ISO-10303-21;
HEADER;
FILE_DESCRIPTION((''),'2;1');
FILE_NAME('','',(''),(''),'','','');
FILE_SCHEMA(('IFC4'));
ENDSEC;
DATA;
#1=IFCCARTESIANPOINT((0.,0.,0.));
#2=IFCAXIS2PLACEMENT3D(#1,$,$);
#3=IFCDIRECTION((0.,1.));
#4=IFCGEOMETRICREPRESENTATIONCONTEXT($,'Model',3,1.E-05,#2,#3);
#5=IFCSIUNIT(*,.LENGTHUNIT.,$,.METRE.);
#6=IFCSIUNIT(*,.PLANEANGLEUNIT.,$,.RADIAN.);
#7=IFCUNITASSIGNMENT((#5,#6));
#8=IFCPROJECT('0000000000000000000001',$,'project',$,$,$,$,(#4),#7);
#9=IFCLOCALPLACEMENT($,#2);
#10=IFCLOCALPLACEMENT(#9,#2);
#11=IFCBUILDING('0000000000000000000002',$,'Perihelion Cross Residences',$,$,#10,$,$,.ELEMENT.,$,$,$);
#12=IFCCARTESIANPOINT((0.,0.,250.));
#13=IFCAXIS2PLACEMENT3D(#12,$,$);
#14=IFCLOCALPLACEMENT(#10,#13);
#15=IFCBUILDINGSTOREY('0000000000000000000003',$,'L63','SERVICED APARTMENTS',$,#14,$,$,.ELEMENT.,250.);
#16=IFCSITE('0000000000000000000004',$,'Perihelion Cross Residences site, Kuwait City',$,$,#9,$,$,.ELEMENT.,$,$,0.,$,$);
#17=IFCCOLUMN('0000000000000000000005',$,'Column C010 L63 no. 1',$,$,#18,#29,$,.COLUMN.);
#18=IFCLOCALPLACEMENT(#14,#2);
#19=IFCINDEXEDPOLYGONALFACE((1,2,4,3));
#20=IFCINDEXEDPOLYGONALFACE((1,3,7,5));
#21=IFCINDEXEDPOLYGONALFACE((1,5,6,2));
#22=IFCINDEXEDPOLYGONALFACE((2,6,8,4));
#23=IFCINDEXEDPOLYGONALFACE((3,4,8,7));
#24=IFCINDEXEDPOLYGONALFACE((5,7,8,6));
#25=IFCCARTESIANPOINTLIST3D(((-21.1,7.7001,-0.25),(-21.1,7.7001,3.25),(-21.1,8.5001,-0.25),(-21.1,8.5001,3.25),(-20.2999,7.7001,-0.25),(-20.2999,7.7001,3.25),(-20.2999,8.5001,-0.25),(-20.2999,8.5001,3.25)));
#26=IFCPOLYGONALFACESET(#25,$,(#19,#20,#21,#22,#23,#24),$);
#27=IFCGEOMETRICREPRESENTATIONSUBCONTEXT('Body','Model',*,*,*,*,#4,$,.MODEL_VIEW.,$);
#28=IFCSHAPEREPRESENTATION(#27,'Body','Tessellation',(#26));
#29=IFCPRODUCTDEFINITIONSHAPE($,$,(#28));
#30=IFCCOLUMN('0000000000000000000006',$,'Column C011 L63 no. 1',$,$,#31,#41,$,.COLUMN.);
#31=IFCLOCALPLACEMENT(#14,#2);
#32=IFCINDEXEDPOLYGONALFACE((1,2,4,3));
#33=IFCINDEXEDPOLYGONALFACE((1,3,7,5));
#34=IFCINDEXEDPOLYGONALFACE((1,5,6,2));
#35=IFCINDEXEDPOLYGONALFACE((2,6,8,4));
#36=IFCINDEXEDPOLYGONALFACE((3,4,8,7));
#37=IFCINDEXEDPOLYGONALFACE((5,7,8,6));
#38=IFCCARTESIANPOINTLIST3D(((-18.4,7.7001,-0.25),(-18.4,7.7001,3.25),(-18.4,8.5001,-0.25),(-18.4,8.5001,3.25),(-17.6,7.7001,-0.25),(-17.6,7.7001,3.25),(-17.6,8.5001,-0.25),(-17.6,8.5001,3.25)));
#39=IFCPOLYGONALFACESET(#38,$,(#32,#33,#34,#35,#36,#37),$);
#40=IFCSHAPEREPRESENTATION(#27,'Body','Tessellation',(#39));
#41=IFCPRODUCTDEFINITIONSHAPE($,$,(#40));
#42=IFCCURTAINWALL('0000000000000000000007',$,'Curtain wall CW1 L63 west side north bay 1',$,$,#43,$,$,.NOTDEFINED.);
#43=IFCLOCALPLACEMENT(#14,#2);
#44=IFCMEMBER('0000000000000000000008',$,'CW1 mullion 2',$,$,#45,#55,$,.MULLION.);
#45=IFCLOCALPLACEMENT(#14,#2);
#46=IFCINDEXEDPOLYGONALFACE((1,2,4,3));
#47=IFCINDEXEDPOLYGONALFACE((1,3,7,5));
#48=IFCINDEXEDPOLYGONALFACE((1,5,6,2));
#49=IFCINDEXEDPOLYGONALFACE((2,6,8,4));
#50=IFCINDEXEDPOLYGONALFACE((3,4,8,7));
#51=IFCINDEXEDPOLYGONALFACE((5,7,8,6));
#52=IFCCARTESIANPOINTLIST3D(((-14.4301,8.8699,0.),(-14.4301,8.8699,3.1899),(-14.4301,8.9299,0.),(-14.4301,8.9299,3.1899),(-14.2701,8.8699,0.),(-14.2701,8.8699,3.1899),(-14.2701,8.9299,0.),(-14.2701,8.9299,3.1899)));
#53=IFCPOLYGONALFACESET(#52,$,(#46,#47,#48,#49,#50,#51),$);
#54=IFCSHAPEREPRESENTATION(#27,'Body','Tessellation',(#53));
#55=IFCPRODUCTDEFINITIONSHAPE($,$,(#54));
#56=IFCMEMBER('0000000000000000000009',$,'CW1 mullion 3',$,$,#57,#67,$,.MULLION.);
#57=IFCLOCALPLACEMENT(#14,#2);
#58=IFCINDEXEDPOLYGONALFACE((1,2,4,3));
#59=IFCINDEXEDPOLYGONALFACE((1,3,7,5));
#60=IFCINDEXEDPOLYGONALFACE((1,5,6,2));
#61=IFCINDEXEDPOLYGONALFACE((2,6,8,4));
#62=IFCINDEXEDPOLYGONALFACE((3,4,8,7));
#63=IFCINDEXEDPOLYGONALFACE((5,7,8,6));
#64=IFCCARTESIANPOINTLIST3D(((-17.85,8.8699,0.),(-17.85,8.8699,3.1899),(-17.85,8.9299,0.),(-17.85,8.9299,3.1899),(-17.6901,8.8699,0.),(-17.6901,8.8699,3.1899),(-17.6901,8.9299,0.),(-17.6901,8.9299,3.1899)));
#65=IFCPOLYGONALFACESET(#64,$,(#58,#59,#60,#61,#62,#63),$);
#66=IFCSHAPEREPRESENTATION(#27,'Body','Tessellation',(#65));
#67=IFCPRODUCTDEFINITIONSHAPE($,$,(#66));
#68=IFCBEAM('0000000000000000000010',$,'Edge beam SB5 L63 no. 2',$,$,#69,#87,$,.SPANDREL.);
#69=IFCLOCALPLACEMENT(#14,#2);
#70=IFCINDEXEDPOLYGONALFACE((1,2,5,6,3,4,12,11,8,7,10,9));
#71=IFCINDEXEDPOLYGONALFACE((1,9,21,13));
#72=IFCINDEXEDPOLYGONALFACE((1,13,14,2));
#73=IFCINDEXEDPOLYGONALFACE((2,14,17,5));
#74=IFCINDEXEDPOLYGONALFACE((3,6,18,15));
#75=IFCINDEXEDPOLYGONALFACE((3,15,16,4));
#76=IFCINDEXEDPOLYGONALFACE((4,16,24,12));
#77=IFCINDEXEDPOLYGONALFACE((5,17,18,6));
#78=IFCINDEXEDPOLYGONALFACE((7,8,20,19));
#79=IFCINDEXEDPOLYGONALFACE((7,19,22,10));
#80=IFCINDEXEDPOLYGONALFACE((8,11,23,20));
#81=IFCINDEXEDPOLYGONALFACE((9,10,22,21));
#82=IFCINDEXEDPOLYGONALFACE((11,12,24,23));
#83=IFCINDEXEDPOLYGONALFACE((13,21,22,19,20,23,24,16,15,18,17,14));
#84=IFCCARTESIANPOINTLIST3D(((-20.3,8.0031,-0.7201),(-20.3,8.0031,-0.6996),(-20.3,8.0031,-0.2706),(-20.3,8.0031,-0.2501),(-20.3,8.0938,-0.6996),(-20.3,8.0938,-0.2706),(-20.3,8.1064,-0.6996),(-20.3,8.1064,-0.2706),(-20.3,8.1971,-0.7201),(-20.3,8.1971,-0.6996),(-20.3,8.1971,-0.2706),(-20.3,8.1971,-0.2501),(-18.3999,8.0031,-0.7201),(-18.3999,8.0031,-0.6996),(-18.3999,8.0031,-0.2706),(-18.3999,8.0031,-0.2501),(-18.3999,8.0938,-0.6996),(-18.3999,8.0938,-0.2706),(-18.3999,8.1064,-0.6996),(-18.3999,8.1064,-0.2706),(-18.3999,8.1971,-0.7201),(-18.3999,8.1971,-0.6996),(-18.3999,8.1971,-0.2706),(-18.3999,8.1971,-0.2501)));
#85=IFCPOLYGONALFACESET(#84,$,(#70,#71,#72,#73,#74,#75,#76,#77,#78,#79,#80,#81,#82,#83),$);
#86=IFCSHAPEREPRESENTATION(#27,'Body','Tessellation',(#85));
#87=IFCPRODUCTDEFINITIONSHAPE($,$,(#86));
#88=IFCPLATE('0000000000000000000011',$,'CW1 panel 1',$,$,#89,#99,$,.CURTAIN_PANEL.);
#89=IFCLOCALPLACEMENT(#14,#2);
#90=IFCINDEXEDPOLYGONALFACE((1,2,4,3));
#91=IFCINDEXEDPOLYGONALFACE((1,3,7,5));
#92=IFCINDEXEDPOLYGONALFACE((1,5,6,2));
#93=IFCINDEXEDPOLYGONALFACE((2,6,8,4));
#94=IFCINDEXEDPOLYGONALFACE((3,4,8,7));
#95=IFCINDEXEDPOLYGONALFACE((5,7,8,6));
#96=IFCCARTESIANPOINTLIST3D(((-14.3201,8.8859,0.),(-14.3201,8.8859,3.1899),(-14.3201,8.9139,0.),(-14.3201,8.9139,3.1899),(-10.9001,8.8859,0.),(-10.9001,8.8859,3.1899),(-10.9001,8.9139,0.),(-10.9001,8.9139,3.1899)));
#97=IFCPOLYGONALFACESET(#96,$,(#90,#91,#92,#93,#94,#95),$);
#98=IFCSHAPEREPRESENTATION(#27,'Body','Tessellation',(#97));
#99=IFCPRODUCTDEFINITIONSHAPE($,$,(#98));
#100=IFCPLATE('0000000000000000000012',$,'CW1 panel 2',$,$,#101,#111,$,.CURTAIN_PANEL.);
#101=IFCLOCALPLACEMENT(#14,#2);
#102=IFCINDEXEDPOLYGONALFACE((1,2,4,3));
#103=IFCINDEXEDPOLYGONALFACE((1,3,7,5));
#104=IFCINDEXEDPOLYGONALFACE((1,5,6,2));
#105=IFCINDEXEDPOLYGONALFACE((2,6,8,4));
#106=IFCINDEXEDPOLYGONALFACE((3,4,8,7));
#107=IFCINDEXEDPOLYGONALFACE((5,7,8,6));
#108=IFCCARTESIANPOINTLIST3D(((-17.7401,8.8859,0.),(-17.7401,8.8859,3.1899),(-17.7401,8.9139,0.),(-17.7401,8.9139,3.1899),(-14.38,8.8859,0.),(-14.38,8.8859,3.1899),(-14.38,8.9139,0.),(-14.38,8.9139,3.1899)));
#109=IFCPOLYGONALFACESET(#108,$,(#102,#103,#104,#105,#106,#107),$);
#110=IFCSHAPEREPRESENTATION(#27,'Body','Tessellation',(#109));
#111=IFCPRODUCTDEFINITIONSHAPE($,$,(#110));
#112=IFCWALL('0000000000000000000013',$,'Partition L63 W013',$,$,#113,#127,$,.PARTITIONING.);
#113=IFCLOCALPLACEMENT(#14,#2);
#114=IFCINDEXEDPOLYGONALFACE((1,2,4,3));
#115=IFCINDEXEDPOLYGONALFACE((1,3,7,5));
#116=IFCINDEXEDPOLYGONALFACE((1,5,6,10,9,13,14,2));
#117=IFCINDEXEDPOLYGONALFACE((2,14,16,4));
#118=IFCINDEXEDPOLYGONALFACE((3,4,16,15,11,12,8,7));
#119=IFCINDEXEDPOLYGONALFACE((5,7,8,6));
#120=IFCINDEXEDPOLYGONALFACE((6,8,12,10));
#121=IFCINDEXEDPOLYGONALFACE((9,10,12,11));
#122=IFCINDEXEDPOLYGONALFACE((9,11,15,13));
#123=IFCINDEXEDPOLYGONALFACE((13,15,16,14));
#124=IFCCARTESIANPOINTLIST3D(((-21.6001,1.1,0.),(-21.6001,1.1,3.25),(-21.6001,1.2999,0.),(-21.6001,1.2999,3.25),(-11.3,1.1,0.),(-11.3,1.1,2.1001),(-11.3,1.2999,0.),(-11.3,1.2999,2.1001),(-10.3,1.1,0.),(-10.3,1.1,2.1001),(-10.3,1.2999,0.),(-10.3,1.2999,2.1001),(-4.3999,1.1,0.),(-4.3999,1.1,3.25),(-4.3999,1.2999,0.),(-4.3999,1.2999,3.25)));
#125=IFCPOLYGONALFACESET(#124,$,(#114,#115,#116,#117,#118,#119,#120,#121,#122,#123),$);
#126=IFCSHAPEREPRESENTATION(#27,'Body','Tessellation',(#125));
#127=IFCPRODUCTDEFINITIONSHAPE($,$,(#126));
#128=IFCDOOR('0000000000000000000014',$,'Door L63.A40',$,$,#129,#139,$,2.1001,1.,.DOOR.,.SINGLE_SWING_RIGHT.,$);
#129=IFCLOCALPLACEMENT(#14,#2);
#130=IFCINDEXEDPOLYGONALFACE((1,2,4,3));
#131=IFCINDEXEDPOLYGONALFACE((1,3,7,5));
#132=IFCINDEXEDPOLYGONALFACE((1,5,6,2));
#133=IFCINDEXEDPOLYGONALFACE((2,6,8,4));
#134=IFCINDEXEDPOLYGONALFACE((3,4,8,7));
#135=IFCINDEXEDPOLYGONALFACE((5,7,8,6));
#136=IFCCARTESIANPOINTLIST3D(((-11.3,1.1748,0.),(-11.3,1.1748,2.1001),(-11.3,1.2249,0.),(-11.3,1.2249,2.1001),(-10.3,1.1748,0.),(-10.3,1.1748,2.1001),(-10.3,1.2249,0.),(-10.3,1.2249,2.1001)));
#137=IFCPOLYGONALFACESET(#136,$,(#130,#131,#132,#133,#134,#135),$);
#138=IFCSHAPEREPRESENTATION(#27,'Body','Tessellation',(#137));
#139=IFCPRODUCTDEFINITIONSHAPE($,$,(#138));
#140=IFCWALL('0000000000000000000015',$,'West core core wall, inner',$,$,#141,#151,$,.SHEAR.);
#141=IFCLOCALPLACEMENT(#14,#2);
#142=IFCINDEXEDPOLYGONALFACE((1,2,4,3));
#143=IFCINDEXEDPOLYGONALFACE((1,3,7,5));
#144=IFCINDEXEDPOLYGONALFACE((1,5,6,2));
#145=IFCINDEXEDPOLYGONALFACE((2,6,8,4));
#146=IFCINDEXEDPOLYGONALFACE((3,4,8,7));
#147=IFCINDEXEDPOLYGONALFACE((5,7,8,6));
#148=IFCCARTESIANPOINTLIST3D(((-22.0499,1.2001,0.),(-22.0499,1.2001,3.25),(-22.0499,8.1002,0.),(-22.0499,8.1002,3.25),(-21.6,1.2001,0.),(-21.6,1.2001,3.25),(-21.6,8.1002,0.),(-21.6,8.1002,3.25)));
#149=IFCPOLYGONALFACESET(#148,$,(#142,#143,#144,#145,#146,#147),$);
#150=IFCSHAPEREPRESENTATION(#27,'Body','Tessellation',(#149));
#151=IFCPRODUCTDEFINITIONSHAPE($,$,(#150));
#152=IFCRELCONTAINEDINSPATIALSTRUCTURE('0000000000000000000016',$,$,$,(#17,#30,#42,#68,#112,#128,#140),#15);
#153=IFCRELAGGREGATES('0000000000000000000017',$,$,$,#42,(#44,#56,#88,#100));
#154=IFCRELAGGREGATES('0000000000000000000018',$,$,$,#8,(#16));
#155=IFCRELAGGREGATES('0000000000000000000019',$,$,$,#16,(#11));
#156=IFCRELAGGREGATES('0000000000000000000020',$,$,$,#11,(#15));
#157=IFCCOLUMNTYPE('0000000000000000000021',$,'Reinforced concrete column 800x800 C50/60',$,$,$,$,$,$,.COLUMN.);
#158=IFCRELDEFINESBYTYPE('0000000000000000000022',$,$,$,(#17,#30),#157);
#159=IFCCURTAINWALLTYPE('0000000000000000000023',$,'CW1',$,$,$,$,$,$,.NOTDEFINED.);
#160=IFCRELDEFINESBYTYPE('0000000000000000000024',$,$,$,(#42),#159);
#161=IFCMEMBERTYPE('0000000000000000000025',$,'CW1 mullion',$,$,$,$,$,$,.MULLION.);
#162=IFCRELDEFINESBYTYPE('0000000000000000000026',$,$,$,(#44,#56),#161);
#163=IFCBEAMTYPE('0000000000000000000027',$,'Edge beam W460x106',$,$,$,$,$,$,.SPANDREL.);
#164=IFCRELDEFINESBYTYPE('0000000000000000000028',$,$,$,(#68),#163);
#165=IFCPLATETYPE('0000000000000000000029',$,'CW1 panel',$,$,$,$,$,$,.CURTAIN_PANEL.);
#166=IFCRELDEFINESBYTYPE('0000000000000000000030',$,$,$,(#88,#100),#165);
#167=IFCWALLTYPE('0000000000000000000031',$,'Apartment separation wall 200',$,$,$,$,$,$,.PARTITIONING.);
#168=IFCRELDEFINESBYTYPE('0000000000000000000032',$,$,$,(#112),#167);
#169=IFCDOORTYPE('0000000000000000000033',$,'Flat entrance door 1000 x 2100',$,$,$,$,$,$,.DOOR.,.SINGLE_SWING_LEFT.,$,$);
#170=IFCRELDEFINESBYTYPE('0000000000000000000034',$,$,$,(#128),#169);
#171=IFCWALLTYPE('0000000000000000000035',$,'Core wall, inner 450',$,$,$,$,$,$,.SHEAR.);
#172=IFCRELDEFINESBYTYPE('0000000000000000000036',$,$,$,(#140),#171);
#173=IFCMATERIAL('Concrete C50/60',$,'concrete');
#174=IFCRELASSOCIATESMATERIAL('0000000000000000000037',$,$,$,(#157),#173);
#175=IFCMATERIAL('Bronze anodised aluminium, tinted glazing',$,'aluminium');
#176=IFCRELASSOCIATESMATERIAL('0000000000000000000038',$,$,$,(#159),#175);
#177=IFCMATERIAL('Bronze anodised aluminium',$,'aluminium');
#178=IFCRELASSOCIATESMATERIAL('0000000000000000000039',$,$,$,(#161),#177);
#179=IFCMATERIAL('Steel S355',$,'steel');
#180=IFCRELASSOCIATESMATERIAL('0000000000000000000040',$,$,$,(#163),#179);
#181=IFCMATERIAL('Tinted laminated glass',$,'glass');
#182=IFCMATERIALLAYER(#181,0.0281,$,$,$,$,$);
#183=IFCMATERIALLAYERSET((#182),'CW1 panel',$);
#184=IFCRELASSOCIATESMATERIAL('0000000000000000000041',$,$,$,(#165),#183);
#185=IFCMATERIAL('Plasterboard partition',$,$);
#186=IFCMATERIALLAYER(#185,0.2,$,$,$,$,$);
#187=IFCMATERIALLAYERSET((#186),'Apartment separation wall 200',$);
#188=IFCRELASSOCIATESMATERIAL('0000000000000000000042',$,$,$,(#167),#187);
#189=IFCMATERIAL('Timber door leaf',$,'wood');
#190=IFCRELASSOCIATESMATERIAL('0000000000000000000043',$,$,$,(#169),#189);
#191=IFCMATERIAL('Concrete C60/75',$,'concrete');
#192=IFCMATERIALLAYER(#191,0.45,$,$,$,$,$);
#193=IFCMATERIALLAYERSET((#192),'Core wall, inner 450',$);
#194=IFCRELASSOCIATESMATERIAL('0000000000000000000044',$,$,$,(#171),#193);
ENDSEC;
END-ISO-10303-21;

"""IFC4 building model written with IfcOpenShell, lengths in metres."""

from ifc_helpers import new_model, si_unit, direction, frame, frame_2d, origin, origin_2d, place, context, subcontext, project, spatial, rectangle, i_section, extrude, material, layer, layer_set, material_profile, profile_set, type_object, element, fill, aggregate, save


model = new_model("IFC4")

# Units and contexts
model_context = context("Model", 3, precision=1e-05, world=origin(), true_north=direction((0.0, 1.0)))
body_context = subcontext(model_context, "Body", "Model", "MODEL_VIEW")
ifc_project = project(units=[si_unit("LENGTHUNIT", "METRE"), si_unit("PLANEANGLEUNIT", "RADIAN")], contexts=[model_context])

# Site, building, storey
site_placement = place(None, origin())
site = spatial("IfcSite", under=ifc_project, at=site_placement, Name="Perihelion Cross Residences site, Kuwait City", CompositionType="ELEMENT", RefElevation=0.0)
building_placement = place(site_placement, origin())
building = spatial("IfcBuilding", under=site, at=building_placement, Name="Perihelion Cross Residences", CompositionType="ELEMENT")
storey_placement = place(building_placement, frame((0.0, 0.0, 250.0)))
storey = spatial("IfcBuildingStorey", under=building, at=storey_placement, Name="L63", Description="SERVICED APARTMENTS", CompositionType="ELEMENT", Elevation=250.0)

# Columns
ifc_material_1 = material(Name="Concrete C50/60", Category="concrete")
ifc_material_profile_1 = material_profile(ifc_material_1, rectangle(XDim=0.8, YDim=0.8, at=origin_2d()), Name="RC 800x800")
ifc_profile_set_1 = profile_set([ifc_material_profile_1], Name="Concrete C50/60")
column_type = type_object("IfcColumnType", Name="Reinforced concrete column 800x800 C50/60", PredefinedType="COLUMN", material=ifc_profile_set_1)
for number, where, z_axis, x_axis, name in (
    (1, (-20.7, 8.1001, -0.25), (0.0, 0.0, 1.0), (1.0, 0.0, 0.0), "Column C010 L63 no. 1"),
    (2, (-18.0, 8.1001, -0.25), (0.0, 0.0, 1.0), (1.0, 0.0, 0.0), "Column C011 L63 no. 1"),
):
    element("IfcColumn", number, at=place(storey_placement, frame(where, z_axis=z_axis, x_axis=x_axis)), inside=storey, type_object=column_type, Name=name, PredefinedType="COLUMN", context=body_context, shape_type="SweptSolid", body=[
        extrude(rectangle(XDim=0.8, YDim=0.8, at=origin_2d()), origin(), (0.0, 0.0, 1.0), 3.5),
    ])

# Curtain wall, members
ifc_material_2 = material(Name="Bronze anodised aluminium, tinted glazing", Category="aluminium")
curtain_wall_type = type_object("IfcCurtainWallType", Name="CW1", PredefinedType="NOTDEFINED", material=ifc_material_2)
curtain_wall_placement = place(storey_placement, origin())
curtain_wall = element("IfcCurtainWall", 3, at=curtain_wall_placement, inside=storey, type_object=curtain_wall_type, Name="Curtain wall CW1 L63 west side north bay 1", PredefinedType="NOTDEFINED")
ifc_material_3 = material(Name="Bronze anodised aluminium", Category="aluminium")
ifc_material_profile_2 = material_profile(ifc_material_3, rectangle(XDim=0.0601, YDim=0.1599, at=origin_2d()), Name="CW1 mullion")
ifc_profile_set_2 = profile_set([ifc_material_profile_2], Name="Bronze anodised aluminium")
member_type = type_object("IfcMemberType", Name="CW1 mullion", PredefinedType="MULLION", material=ifc_profile_set_2)
member_1_placement = place(storey_placement, frame((-14.3501, 8.8999, 0.0), z_axis=(0.0, 0.0, 1.0), x_axis=(0.0, -1.0, 0.0)))
member_1 = element("IfcMember", 4, at=member_1_placement, type_object=member_type, Name="CW1 mullion 2", PredefinedType="MULLION", context=body_context, shape_type="SweptSolid", body=[
    extrude(rectangle(XDim=0.0601, YDim=0.1599, at=origin_2d()), origin(), (0.0, 0.0, 1.0), 3.1899),
])
member_2_placement = place(storey_placement, frame((-17.77, 8.8999, 0.0), z_axis=(0.0, 0.0, 1.0), x_axis=(0.0, -1.0, 0.0)))
member_2 = element("IfcMember", 5, at=member_2_placement, type_object=member_type, Name="CW1 mullion 3", PredefinedType="MULLION", context=body_context, shape_type="SweptSolid", body=[
    extrude(rectangle(XDim=0.0601, YDim=0.1599, at=origin_2d()), origin(), (0.0, 0.0, 1.0), 3.1899),
])

# Beam
ifc_material_4 = material(Name="Steel S355", Category="steel")
ifc_material_profile_3 = material_profile(ifc_material_4, i_section(OverallWidth=0.1941, OverallDepth=0.47, WebThickness=0.0127, FlangeThickness=0.0205, at=origin_2d()), Name="W460x106")
ifc_profile_set_3 = profile_set([ifc_material_profile_3], Name="Steel S355")
beam_type = type_object("IfcBeamType", Name="Edge beam W460x106", PredefinedType="SPANDREL", material=ifc_profile_set_3)
beam_placement = place(storey_placement, frame((-18.3999, 8.1001, -0.4851), z_axis=(-1.0, 0.0, 0.0), x_axis=(0.0, -1.0, 0.0)))
element("IfcBeam", 6, at=beam_placement, inside=storey, type_object=beam_type, Name="Edge beam SB5 L63 no. 2", PredefinedType="SPANDREL", context=body_context, shape_type="SweptSolid", body=[
    extrude(i_section(OverallWidth=0.1941, OverallDepth=0.47, WebThickness=0.0127, FlangeThickness=0.0205, at=origin_2d()), origin(), (0.0, 0.0, 1.0), 1.9001),
])

# Plates
ifc_material_5 = material(Name="Tinted laminated glass", Category="glass")
ifc_layer_1 = layer(ifc_material_5, 0.0281)
ifc_layer_set_1 = layer_set([ifc_layer_1], Name="CW1 panel")
plate_type = type_object("IfcPlateType", Name="CW1 panel", PredefinedType="CURTAIN_PANEL", material=ifc_layer_set_1)
plate_1_placement = place(storey_placement, frame((-12.6101, 8.8999, 0.0), z_axis=(0.0, 0.0, 1.0), x_axis=(-1.0, 0.0, 0.0)))
plate_1 = element("IfcPlate", 7, at=plate_1_placement, type_object=plate_type, Name="CW1 panel 1", PredefinedType="CURTAIN_PANEL", context=body_context, shape_type="SweptSolid", body=[
    extrude(rectangle(XDim=3.4199, YDim=0.0281, at=origin_2d()), origin(), (0.0, 0.0, 1.0), 3.1899),
])
plate_2_placement = place(storey_placement, frame((-16.0601, 8.8999, 0.0), z_axis=(0.0, 0.0, 1.0), x_axis=(-1.0, 0.0, 0.0)))
plate_2 = element("IfcPlate", 8, at=plate_2_placement, type_object=plate_type, Name="CW1 panel 2", PredefinedType="CURTAIN_PANEL", context=body_context, shape_type="SweptSolid", body=[
    extrude(rectangle(XDim=3.3601, YDim=0.0281, at=origin_2d()), origin(), (0.0, 0.0, 1.0), 3.1899),
])
aggregate(curtain_wall, [member_1, member_2, plate_1, plate_2])

# Wall, opening, door
ifc_material_6 = material(Name="Plasterboard partition")
ifc_layer_2 = layer(ifc_material_6, 0.2)
ifc_layer_set_2 = layer_set([ifc_layer_2], Name="Apartment separation wall 200")
wall_type_1 = type_object("IfcWallType", Name="Apartment separation wall 200", PredefinedType="PARTITIONING", material=ifc_layer_set_2)
wall_1_placement = place(storey_placement, frame((-21.6001, 1.2, 0.0), z_axis=(0.0, 0.0, 1.0), x_axis=(1.0, 0.0, 0.0)))
wall_1 = element("IfcWall", 9, at=wall_1_placement, inside=storey, type_object=wall_type_1, Name="Partition L63 W013", PredefinedType="PARTITIONING", context=body_context, shape_type="SweptSolid", body=[
    extrude(rectangle(XDim=17.2002, YDim=0.2, at=frame_2d((8.6001, 0.0))), origin(), (0.0, 0.0, 1.0), 3.25),
])
opening_1_placement = place(wall_1_placement, frame((10.3, 0.0, 0.0)))
opening_1 = element("IfcOpeningElement", 10, at=opening_1_placement, cuts=wall_1, PredefinedType="OPENING", context=body_context, shape_type="SweptSolid", body=[
    extrude(rectangle(XDim=1.0, YDim=2.1001, at=frame_2d((0.5, 1.05))), frame((0.0, 0.1099, 0.0), z_axis=(0.0, -1.0, 0.0), x_axis=(1.0, 0.0, 0.0)), (0.0, 0.0, 1.0), 0.22),
])
ifc_material_7 = material(Name="Timber door leaf", Category="wood")
door_type_1 = type_object("IfcDoorType", Name="Flat entrance door 1000 x 2100", OperationType="SINGLE_SWING_LEFT", PredefinedType="DOOR", material=ifc_material_7)
door_1_placement = place(opening_1_placement, origin())
door_1 = element("IfcDoor", 11, at=door_1_placement, inside=storey, type_object=door_type_1, Name="Door L63.A40", OperationType="SINGLE_SWING_RIGHT", OverallHeight=2.1001, OverallWidth=1.0, PredefinedType="DOOR", context=body_context, shape_type="SweptSolid", body=[
    extrude(rectangle(XDim=1.0, YDim=2.1001, at=frame_2d((0.5, 1.05))), frame((0.0, 0.0249, 0.0), z_axis=(0.0, -1.0, 0.0), x_axis=(1.0, 0.0, 0.0)), (0.0, 0.0, 1.0), 0.05),
])
fill(opening_1, door_1)

# Wall
ifc_material_8 = material(Name="Concrete C60/75", Category="concrete")
ifc_layer_3 = layer(ifc_material_8, 0.45)
ifc_layer_set_3 = layer_set([ifc_layer_3], Name="Core wall, inner 450")
wall_type_2 = type_object("IfcWallType", Name="Core wall, inner 450", PredefinedType="SHEAR", material=ifc_layer_set_3)
wall_2_placement = place(storey_placement, frame((-21.825, 1.2, 0.0), z_axis=(0.0, 0.0, 1.0), x_axis=(0.0, 1.0, 0.0)))
element("IfcWall", 12, at=wall_2_placement, inside=storey, type_object=wall_type_2, Name="West core core wall, inner", PredefinedType="SHEAR", context=body_context, shape_type="SweptSolid", body=[
    extrude(rectangle(XDim=6.9001, YDim=0.45, at=frame_2d((3.4502, 0.0))), origin(), (0.0, 0.0, 1.0), 3.25),
])

save(model, "model.ifc")
